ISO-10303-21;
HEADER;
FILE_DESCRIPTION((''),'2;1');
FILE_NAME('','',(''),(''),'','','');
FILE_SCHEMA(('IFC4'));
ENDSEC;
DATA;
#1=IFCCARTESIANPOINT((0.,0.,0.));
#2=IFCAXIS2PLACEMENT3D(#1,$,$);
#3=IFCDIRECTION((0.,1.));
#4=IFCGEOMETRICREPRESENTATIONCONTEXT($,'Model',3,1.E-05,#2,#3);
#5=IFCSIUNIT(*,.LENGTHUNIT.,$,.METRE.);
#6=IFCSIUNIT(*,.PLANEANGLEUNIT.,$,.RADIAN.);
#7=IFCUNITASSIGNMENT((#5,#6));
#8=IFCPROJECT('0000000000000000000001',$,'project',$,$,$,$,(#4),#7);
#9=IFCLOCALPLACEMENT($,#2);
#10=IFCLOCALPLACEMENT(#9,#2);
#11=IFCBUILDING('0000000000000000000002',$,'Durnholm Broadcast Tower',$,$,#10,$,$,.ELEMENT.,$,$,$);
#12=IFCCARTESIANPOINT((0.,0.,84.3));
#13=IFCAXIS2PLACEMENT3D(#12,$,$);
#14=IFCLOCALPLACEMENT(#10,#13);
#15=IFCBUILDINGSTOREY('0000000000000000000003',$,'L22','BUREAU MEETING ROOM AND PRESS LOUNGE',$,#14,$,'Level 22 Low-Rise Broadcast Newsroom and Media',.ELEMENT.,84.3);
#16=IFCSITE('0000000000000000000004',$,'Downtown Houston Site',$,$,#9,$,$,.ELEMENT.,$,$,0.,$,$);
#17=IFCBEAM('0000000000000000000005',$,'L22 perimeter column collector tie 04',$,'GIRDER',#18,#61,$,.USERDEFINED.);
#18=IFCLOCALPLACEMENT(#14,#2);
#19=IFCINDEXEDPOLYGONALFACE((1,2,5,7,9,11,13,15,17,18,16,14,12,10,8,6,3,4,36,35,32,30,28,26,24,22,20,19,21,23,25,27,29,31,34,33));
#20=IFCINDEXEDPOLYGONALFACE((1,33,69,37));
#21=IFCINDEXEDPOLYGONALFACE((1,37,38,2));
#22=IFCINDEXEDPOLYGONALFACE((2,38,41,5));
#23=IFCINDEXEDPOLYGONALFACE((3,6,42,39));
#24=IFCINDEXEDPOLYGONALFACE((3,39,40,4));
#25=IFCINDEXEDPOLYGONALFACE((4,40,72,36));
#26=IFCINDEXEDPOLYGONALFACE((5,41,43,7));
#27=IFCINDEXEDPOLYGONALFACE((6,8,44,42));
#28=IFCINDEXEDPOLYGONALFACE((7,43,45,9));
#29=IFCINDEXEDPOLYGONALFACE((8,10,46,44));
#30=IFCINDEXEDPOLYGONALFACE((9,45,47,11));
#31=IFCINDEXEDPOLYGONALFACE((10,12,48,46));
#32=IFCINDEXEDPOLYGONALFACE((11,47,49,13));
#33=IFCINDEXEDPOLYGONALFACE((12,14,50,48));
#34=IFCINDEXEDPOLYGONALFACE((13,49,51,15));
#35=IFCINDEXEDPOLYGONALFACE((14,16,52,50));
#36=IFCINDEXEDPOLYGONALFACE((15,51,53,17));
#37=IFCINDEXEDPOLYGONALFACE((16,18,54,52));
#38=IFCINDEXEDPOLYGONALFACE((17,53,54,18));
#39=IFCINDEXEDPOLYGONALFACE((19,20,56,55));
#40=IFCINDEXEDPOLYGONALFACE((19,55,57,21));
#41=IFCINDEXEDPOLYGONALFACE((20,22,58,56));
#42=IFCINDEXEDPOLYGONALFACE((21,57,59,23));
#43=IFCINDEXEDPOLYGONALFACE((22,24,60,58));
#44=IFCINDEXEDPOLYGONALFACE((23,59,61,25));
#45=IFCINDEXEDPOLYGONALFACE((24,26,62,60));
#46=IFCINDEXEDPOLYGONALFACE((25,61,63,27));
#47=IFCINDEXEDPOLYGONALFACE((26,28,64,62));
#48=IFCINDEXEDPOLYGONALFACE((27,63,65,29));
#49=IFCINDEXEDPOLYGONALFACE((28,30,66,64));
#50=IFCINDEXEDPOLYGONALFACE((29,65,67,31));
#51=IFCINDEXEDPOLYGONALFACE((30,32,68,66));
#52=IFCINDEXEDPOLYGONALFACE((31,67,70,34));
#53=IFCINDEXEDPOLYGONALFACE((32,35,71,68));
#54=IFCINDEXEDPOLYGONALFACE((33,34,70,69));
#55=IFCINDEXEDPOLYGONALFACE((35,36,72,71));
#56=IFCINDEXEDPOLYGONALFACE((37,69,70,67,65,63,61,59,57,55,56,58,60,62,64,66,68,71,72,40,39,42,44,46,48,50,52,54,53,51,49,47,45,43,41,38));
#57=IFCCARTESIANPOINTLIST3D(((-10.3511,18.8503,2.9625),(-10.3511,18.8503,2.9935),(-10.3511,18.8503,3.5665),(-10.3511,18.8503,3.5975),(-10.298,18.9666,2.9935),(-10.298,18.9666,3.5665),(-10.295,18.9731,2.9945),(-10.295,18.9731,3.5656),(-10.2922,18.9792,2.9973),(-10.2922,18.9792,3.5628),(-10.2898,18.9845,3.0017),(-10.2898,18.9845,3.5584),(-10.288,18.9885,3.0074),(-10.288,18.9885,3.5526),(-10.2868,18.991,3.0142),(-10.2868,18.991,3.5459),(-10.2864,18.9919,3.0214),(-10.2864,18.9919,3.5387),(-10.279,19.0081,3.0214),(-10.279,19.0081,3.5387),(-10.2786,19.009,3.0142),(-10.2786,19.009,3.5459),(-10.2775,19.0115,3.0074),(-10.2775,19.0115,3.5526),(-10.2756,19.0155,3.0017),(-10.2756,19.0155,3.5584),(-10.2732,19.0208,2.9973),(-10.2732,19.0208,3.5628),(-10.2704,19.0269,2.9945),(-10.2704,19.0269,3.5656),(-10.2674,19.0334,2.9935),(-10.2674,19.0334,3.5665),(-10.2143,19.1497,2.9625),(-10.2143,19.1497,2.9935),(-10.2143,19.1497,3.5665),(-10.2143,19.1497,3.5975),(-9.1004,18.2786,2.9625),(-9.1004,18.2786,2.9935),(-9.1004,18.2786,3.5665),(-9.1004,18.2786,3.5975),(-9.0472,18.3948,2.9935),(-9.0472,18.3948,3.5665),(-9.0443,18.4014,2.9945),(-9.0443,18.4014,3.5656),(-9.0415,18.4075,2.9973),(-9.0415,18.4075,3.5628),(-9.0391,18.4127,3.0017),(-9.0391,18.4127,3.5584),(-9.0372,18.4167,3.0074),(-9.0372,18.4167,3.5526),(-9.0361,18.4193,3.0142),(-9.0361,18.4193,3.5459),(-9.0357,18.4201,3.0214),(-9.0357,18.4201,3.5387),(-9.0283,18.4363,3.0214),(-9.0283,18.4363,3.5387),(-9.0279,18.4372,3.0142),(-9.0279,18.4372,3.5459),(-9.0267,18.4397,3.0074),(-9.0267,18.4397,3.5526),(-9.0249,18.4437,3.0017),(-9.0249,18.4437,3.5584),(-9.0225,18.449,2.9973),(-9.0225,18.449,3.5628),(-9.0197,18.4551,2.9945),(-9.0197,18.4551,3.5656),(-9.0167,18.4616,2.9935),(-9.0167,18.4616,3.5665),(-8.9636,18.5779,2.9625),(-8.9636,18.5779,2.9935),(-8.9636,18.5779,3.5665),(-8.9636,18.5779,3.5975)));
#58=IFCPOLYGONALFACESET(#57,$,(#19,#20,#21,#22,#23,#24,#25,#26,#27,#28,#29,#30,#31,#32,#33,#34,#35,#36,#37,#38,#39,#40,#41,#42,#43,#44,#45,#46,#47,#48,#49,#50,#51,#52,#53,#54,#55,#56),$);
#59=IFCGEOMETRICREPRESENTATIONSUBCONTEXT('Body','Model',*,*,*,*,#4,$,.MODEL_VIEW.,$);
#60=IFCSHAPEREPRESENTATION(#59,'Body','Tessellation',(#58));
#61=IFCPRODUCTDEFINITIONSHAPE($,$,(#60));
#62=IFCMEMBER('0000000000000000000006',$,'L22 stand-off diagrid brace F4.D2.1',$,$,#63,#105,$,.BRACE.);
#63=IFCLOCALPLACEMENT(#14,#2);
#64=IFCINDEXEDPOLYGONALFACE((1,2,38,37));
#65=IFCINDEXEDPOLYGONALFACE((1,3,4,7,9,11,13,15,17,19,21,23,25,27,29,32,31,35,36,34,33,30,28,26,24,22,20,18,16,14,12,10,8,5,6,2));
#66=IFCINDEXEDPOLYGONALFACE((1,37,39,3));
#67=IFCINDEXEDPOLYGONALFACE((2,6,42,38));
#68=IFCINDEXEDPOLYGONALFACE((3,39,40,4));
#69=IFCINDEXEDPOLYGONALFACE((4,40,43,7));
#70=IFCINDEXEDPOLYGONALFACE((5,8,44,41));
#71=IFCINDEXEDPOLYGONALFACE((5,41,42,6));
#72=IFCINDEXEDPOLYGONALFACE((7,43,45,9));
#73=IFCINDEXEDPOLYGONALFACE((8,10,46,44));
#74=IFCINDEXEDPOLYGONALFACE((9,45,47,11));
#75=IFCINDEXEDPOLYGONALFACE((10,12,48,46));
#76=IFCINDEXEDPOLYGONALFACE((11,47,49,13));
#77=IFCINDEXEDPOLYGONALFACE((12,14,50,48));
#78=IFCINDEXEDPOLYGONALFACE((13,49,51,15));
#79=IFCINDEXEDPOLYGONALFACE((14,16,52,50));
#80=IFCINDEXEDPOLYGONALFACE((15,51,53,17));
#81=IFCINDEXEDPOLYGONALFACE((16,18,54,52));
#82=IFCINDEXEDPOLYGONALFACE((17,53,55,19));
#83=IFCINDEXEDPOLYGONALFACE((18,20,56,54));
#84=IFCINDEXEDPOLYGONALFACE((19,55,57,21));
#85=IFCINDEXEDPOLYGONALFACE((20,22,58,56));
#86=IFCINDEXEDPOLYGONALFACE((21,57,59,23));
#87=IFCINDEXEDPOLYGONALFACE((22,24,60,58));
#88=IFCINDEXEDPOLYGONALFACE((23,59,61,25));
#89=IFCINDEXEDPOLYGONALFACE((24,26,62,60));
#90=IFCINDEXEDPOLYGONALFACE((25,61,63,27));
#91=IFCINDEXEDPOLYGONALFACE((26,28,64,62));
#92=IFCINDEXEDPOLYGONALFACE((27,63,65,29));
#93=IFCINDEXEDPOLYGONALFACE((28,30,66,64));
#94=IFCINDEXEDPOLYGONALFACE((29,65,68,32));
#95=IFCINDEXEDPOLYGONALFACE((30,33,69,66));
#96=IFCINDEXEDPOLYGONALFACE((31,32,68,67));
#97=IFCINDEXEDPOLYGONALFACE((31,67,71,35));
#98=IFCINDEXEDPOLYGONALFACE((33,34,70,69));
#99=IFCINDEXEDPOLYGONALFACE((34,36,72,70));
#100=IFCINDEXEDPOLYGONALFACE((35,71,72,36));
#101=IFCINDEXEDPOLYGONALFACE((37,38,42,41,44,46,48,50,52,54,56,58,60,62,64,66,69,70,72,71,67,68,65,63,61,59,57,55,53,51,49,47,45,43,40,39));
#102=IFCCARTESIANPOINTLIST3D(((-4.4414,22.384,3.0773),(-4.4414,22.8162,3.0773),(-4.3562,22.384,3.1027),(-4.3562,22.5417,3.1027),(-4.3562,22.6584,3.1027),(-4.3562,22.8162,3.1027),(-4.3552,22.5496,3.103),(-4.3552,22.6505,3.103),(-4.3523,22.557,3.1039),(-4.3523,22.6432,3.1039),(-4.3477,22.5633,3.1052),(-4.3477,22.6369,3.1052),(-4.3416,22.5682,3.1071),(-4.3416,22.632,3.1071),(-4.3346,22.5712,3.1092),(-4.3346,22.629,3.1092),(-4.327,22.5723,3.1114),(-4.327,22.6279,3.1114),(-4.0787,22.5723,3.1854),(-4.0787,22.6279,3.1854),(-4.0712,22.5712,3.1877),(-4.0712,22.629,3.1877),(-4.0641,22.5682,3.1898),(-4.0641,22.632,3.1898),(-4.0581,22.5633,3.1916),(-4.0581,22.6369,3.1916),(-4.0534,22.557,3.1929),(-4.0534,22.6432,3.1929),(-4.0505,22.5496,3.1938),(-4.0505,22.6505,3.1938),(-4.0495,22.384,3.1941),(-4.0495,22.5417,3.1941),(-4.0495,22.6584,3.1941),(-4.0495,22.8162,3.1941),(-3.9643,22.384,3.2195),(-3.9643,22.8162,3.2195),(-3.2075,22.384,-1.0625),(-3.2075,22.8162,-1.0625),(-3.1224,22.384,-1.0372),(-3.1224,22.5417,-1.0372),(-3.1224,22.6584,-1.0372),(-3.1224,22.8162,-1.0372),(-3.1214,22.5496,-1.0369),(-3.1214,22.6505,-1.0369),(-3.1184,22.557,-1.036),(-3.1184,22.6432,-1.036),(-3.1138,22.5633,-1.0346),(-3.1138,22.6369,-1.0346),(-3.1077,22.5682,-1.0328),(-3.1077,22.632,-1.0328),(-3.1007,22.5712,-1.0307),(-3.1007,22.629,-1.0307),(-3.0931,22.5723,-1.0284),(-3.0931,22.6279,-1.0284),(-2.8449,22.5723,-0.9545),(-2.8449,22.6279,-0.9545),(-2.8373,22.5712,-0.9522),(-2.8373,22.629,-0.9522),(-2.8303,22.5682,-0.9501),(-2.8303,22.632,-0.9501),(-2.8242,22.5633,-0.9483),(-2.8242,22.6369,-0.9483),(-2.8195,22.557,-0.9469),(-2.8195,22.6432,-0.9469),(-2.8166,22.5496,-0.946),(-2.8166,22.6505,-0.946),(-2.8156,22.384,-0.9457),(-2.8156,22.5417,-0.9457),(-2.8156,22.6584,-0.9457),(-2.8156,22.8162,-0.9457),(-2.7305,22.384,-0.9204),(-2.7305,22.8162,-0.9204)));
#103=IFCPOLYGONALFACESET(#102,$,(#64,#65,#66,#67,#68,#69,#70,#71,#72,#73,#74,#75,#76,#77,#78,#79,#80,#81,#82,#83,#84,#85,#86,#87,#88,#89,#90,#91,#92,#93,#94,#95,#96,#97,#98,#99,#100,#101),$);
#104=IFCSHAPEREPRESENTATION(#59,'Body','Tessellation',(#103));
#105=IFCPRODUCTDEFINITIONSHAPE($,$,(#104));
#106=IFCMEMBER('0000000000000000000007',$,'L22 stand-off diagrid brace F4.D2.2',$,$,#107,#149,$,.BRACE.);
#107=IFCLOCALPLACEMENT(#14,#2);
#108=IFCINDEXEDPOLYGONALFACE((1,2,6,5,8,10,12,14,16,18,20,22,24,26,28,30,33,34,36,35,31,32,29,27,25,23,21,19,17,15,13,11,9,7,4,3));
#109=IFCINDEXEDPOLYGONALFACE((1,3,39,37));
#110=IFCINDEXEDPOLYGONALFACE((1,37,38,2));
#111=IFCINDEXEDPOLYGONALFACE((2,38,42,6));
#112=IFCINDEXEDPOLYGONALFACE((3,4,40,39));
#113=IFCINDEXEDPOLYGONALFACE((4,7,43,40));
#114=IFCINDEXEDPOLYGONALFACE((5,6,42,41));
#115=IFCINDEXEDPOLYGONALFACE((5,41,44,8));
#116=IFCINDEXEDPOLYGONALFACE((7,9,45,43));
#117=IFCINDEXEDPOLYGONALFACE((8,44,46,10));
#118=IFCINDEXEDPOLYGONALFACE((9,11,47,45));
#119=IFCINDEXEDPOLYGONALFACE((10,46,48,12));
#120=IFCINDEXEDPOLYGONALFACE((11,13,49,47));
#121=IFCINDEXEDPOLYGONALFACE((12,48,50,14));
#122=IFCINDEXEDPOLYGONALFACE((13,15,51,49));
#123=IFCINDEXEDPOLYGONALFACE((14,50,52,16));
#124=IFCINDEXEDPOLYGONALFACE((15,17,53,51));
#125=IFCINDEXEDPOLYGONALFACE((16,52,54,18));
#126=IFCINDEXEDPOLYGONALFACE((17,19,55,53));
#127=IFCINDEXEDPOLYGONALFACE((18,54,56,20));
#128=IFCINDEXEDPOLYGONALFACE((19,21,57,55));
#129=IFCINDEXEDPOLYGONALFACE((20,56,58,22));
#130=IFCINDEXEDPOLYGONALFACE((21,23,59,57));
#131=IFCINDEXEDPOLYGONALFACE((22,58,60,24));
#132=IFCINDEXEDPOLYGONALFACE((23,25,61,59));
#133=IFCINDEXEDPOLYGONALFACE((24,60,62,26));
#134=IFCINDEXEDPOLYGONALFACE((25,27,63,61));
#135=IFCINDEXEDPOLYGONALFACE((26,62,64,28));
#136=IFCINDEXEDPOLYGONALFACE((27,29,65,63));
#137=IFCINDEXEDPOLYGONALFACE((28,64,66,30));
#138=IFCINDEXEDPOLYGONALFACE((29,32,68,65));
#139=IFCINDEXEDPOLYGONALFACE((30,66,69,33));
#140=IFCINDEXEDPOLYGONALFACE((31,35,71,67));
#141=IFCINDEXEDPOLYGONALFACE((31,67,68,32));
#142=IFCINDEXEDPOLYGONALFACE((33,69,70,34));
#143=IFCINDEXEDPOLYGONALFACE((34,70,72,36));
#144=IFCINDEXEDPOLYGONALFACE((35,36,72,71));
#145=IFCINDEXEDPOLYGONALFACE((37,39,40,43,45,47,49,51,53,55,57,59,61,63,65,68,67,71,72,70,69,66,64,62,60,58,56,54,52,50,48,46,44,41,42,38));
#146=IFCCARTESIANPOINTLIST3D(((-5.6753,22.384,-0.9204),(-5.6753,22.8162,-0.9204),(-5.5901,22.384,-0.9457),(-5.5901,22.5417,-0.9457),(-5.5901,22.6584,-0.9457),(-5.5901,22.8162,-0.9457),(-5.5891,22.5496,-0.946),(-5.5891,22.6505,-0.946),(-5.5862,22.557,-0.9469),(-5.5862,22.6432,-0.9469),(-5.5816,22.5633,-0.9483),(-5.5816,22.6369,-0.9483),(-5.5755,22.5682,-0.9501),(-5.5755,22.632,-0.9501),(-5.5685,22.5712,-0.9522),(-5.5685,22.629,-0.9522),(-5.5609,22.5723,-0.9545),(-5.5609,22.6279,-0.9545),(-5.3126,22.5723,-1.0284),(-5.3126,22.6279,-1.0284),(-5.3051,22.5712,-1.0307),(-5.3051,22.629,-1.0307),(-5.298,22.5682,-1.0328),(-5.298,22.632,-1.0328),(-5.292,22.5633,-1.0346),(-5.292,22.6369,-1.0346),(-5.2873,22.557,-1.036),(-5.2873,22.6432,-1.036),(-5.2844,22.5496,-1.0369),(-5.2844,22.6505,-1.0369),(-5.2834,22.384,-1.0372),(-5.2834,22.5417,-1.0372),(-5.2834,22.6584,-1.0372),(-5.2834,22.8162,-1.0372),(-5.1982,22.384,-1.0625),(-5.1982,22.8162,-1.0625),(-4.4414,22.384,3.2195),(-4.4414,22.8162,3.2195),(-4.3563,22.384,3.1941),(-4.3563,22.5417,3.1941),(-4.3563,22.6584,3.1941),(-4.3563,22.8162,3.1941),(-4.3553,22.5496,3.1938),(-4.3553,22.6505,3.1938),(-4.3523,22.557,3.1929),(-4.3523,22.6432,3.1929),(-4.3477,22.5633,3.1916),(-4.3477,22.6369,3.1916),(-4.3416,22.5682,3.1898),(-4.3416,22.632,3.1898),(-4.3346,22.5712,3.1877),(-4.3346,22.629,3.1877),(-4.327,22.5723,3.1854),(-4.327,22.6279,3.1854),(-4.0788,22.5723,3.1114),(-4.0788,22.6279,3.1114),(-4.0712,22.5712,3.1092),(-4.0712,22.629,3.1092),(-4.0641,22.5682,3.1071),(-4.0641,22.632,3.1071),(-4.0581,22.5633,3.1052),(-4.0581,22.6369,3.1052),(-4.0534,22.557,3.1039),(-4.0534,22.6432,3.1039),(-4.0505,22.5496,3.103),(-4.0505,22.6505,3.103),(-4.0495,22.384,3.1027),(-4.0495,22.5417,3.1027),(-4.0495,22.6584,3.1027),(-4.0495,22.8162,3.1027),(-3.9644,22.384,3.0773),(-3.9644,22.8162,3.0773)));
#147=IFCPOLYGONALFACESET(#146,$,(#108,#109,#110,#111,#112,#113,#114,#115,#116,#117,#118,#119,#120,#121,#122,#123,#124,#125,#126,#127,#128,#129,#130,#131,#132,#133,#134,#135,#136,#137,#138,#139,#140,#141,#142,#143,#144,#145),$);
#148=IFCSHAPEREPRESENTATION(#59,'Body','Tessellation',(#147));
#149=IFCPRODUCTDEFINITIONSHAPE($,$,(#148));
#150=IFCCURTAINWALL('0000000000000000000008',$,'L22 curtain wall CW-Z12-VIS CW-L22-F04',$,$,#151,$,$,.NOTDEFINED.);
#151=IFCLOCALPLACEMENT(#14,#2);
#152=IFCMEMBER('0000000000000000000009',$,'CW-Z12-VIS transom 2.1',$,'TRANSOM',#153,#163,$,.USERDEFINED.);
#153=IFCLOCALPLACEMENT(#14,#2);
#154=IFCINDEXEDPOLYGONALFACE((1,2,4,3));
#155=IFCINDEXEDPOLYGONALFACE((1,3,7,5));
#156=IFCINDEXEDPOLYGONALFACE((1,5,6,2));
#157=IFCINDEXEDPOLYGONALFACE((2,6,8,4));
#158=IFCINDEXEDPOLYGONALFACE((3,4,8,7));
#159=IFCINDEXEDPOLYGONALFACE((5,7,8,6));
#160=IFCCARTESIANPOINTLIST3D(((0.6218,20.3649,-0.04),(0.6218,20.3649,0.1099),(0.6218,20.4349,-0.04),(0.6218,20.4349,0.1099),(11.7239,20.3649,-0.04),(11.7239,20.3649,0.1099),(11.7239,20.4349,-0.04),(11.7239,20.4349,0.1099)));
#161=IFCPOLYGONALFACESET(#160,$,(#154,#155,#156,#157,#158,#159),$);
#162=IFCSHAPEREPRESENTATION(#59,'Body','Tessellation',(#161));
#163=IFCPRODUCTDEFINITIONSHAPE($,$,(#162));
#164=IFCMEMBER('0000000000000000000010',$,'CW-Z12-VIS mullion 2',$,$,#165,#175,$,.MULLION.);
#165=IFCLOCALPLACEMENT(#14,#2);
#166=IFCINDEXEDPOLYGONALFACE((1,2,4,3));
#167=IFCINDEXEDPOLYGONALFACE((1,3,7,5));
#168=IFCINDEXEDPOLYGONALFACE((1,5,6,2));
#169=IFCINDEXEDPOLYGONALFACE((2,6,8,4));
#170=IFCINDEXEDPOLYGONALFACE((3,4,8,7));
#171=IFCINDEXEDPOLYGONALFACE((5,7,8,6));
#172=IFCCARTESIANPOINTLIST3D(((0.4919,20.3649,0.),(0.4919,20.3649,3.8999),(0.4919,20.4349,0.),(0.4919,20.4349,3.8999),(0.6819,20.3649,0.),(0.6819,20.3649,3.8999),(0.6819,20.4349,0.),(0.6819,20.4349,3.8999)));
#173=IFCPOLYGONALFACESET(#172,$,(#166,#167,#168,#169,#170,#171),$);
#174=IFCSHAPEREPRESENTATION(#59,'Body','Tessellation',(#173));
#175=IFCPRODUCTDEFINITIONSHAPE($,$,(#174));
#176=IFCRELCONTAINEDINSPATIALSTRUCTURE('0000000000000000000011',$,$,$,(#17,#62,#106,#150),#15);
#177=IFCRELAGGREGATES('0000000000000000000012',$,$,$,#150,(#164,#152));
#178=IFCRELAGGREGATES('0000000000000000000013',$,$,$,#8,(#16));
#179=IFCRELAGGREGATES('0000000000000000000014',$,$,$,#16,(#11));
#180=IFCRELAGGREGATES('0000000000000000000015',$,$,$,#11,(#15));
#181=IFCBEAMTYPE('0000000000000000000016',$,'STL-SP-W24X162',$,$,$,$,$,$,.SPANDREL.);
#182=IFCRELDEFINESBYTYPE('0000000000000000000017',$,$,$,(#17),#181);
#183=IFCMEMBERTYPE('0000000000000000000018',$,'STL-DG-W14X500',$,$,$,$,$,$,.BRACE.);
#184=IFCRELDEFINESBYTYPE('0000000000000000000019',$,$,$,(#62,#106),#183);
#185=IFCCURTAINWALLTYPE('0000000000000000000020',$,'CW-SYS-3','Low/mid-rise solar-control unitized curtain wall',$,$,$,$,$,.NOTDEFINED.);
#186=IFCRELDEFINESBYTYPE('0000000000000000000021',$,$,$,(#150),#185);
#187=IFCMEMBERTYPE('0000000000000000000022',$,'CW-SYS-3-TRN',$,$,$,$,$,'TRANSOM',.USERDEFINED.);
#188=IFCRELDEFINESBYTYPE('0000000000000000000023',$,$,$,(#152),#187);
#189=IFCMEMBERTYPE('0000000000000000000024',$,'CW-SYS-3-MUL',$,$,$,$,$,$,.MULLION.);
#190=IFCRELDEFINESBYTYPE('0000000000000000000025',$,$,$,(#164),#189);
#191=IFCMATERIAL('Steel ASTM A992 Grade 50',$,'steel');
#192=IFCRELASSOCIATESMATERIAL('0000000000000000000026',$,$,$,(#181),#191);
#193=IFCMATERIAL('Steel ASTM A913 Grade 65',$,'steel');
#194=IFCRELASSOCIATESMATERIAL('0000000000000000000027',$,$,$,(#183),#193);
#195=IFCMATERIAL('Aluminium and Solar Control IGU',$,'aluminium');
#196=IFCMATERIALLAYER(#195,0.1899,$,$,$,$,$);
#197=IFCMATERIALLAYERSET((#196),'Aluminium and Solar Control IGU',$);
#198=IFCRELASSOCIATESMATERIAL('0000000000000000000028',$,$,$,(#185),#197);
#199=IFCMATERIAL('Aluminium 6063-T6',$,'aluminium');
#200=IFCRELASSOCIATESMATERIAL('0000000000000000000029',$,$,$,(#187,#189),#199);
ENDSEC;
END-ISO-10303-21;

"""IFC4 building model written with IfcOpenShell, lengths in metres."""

from ifc_helpers import new_model, si_unit, direction, frame, origin, origin_2d, place, context, subcontext, project, spatial, rectangle, i_section, extrude, source, transform, mapped, material, layer, layer_set, material_profile, profile_set, type_object, type_shapes, element, aggregate, save


model = new_model("IFC4")

# Units and contexts
model_context = context("Model", 3, precision=1e-05, world=origin(), true_north=direction((0.0, 1.0)))
body_context = subcontext(model_context, "Body", "Model", "MODEL_VIEW")
ifc_project = project(units=[si_unit("LENGTHUNIT", "METRE"), si_unit("PLANEANGLEUNIT", "RADIAN")], contexts=[model_context])

# Site, building, storey
site_placement = place(None, origin())
site = spatial("IfcSite", under=ifc_project, at=site_placement, Name="Downtown Houston Site", CompositionType="ELEMENT", RefElevation=0.0)
building_placement = place(site_placement, origin())
building = spatial("IfcBuilding", under=site, at=building_placement, Name="Durnholm Broadcast Tower", CompositionType="ELEMENT")
storey_placement = place(building_placement, frame((0.0, 0.0, 84.3)))
storey = spatial("IfcBuildingStorey", under=building, at=storey_placement, Name="L22", Description="BUREAU MEETING ROOM AND PRESS LOUNGE", LongName="Level 22 Low-Rise Broadcast Newsroom and Media", CompositionType="ELEMENT", Elevation=84.3)

# Beam
ifc_material_1 = material(Name="Steel ASTM A992 Grade 50", Category="steel")
ifc_material_profile_1 = material_profile(ifc_material_1, i_section(OverallWidth=0.3291, OverallDepth=0.635, WebThickness=0.0178, FlangeThickness=0.031, FilletRadius=0.0278, at=origin_2d()), Name="W24X162")
ifc_profile_set_1 = profile_set([ifc_material_profile_1], Name="Steel ASTM A992 Grade 50")
beam_type_1 = type_object("IfcBeamType", Name="STL-SP-W24X162", PredefinedType="SPANDREL", material=ifc_profile_set_1)
shared_shape_1 = source(origin(), body_context, "Body", "SweptSolid", [
    extrude(i_section(OverallWidth=0.3291, OverallDepth=0.635, WebThickness=0.0178, FlangeThickness=0.031, FilletRadius=0.0278, at=origin_2d()), origin(), (0.0, 0.0, 1.0), 1.3752),
])
type_shapes(beam_type_1, [shared_shape_1])
beam_1_placement = place(storey_placement, frame((-10.2827, 19.0, 3.28), z_axis=(0.909471, -0.415768, 0.0), x_axis=(0.415768, 0.909471, 0.0)))
element("IfcBeam", 1, at=beam_1_placement, inside=storey, type_object=beam_type_1, Name="L22 perimeter column collector tie 04", ObjectType="GIRDER", PredefinedType="USERDEFINED", context=body_context, shape_type="MappedRepresentation", body=[
    mapped(shared_shape_1, transform((0.0, 0.0, 0.0), x_axis=(1.0, 0.0, 0.0), y_axis=(0.0, 1.0, 0.0), z_axis=(0.0, 0.0, 1.0), scale=1.0)),
])

# Members
ifc_material_2 = material(Name="Steel ASTM A913 Grade 65", Category="steel")
ifc_material_profile_2 = material_profile(ifc_material_2, i_section(OverallWidth=0.4321, OverallDepth=0.4978, WebThickness=0.0557, FlangeThickness=0.0889, FilletRadius=0.0305, at=origin_2d()), Name="W14X500")
ifc_profile_set_2 = profile_set([ifc_material_profile_2], Name="Steel ASTM A913 Grade 65")
member_type_1 = type_object("IfcMemberType", Name="STL-DG-W14X500", PredefinedType="BRACE", material=ifc_profile_set_2)
shared_shape_2 = source(origin(), body_context, "Body", "SweptSolid", [
    extrude(i_section(OverallWidth=0.4321, OverallDepth=0.4978, WebThickness=0.0557, FlangeThickness=0.0889, FilletRadius=0.0305, at=origin_2d()), origin(), (0.0, 0.0, 1.0), 4.3198),
])
type_shapes(member_type_1, [shared_shape_2])
for number, where, z_axis, x_axis, name in (
    (2, (-2.969, 22.6001, -0.9915), (-0.285631, 0.0, 0.95834), (0.0, -1.0, 0.0), "L22 stand-off diagrid brace F4.D2.1"),
    (3, (-5.4368, 22.6001, -0.9915), (0.285631, 0.0, 0.95834), (0.0, 1.0, 0.0), "L22 stand-off diagrid brace F4.D2.2"),
):
    element("IfcMember", number, at=place(storey_placement, frame(where, z_axis=z_axis, x_axis=x_axis)), inside=storey, type_object=member_type_1, Name=name, PredefinedType="BRACE", context=body_context, shape_type="MappedRepresentation", body=[
        mapped(shared_shape_2, transform((0.0, 0.0, 0.0), x_axis=(1.0, 0.0, 0.0), y_axis=(0.0, 1.0, 0.0), z_axis=(0.0, 0.0, 1.0), scale=1.0)),
    ])

# Curtain wall, members
ifc_material_3 = material(Name="Aluminium and Solar Control IGU", Category="aluminium")
ifc_layer_1 = layer(ifc_material_3, 0.1899)
ifc_layer_set_1 = layer_set([ifc_layer_1], Name="Aluminium and Solar Control IGU")
curtain_wall_type = type_object("IfcCurtainWallType", Name="CW-SYS-3", Description="Low/mid-rise solar-control unitized curtain wall", PredefinedType="NOTDEFINED", material=ifc_layer_set_1)
curtain_wall_placement = place(storey_placement, origin())
curtain_wall = element("IfcCurtainWall", 4, at=curtain_wall_placement, inside=storey, type_object=curtain_wall_type, Name="L22 curtain wall CW-Z12-VIS CW-L22-F04", PredefinedType="NOTDEFINED")
ifc_material_4 = material(Name="Aluminium 6063-T6", Category="aluminium")
ifc_material_profile_3 = material_profile(ifc_material_4, rectangle(XDim=0.0701, YDim=0.1499, at=origin_2d()), Name="CWT70X150")
ifc_profile_set_3 = profile_set([ifc_material_profile_3], Name="Aluminium 6063-T6")
member_type_2 = type_object("IfcMemberType", Name="CW-SYS-3-TRN", ElementType="TRANSOM", PredefinedType="USERDEFINED", material=ifc_profile_set_3)
shared_shape_3 = source(origin(), body_context, "Body", "SweptSolid", [
    extrude(rectangle(XDim=0.0701, YDim=0.1499, at=origin_2d()), origin(), (0.0, 0.0, 1.0), 11.1021),
])
type_shapes(member_type_2, [shared_shape_3])
member_1_placement = place(storey_placement, frame((0.6218, 20.3999, 0.0349), z_axis=(1.0, 0.0, 0.0), x_axis=(0.0, 1.0, 0.0)))
member_1 = element("IfcMember", 5, at=member_1_placement, type_object=member_type_2, Name="CW-Z12-VIS transom 2.1", ObjectType="TRANSOM", PredefinedType="USERDEFINED", context=body_context, shape_type="MappedRepresentation", body=[
    mapped(shared_shape_3, transform((0.0, 0.0, 0.0), x_axis=(1.0, 0.0, 0.0), y_axis=(0.0, 1.0, 0.0), z_axis=(0.0, 0.0, 1.0), scale=1.0)),
])
ifc_material_profile_4 = material_profile(ifc_material_4, rectangle(XDim=0.0701, YDim=0.1899, at=origin_2d()), Name="CWM70X190")
ifc_profile_set_4 = profile_set([ifc_material_profile_4], Name="Aluminium 6063-T6")
member_type_3 = type_object("IfcMemberType", Name="CW-SYS-3-MUL", PredefinedType="MULLION", material=ifc_profile_set_4)
shared_shape_4 = source(origin(), body_context, "Body", "SweptSolid", [
    extrude(rectangle(XDim=0.0701, YDim=0.1899, at=origin_2d()), origin(), (0.0, 0.0, 1.0), 3.8999),
])
type_shapes(member_type_3, [shared_shape_4])
member_2_placement = place(storey_placement, frame((0.5869, 20.3999, 0.0), z_axis=(0.0, 0.0, 1.0), x_axis=(0.0, 1.0, 0.0)))
member_2 = element("IfcMember", 6, at=member_2_placement, type_object=member_type_3, Name="CW-Z12-VIS mullion 2", PredefinedType="MULLION", context=body_context, shape_type="MappedRepresentation", body=[
    mapped(shared_shape_4, transform((0.0, 0.0, 0.0), x_axis=(1.0, 0.0, 0.0), y_axis=(0.0, 1.0, 0.0), z_axis=(0.0, 0.0, 1.0), scale=1.0)),
])

aggregate(curtain_wall, [member_2, member_1])

save(model, "model.ifc")
